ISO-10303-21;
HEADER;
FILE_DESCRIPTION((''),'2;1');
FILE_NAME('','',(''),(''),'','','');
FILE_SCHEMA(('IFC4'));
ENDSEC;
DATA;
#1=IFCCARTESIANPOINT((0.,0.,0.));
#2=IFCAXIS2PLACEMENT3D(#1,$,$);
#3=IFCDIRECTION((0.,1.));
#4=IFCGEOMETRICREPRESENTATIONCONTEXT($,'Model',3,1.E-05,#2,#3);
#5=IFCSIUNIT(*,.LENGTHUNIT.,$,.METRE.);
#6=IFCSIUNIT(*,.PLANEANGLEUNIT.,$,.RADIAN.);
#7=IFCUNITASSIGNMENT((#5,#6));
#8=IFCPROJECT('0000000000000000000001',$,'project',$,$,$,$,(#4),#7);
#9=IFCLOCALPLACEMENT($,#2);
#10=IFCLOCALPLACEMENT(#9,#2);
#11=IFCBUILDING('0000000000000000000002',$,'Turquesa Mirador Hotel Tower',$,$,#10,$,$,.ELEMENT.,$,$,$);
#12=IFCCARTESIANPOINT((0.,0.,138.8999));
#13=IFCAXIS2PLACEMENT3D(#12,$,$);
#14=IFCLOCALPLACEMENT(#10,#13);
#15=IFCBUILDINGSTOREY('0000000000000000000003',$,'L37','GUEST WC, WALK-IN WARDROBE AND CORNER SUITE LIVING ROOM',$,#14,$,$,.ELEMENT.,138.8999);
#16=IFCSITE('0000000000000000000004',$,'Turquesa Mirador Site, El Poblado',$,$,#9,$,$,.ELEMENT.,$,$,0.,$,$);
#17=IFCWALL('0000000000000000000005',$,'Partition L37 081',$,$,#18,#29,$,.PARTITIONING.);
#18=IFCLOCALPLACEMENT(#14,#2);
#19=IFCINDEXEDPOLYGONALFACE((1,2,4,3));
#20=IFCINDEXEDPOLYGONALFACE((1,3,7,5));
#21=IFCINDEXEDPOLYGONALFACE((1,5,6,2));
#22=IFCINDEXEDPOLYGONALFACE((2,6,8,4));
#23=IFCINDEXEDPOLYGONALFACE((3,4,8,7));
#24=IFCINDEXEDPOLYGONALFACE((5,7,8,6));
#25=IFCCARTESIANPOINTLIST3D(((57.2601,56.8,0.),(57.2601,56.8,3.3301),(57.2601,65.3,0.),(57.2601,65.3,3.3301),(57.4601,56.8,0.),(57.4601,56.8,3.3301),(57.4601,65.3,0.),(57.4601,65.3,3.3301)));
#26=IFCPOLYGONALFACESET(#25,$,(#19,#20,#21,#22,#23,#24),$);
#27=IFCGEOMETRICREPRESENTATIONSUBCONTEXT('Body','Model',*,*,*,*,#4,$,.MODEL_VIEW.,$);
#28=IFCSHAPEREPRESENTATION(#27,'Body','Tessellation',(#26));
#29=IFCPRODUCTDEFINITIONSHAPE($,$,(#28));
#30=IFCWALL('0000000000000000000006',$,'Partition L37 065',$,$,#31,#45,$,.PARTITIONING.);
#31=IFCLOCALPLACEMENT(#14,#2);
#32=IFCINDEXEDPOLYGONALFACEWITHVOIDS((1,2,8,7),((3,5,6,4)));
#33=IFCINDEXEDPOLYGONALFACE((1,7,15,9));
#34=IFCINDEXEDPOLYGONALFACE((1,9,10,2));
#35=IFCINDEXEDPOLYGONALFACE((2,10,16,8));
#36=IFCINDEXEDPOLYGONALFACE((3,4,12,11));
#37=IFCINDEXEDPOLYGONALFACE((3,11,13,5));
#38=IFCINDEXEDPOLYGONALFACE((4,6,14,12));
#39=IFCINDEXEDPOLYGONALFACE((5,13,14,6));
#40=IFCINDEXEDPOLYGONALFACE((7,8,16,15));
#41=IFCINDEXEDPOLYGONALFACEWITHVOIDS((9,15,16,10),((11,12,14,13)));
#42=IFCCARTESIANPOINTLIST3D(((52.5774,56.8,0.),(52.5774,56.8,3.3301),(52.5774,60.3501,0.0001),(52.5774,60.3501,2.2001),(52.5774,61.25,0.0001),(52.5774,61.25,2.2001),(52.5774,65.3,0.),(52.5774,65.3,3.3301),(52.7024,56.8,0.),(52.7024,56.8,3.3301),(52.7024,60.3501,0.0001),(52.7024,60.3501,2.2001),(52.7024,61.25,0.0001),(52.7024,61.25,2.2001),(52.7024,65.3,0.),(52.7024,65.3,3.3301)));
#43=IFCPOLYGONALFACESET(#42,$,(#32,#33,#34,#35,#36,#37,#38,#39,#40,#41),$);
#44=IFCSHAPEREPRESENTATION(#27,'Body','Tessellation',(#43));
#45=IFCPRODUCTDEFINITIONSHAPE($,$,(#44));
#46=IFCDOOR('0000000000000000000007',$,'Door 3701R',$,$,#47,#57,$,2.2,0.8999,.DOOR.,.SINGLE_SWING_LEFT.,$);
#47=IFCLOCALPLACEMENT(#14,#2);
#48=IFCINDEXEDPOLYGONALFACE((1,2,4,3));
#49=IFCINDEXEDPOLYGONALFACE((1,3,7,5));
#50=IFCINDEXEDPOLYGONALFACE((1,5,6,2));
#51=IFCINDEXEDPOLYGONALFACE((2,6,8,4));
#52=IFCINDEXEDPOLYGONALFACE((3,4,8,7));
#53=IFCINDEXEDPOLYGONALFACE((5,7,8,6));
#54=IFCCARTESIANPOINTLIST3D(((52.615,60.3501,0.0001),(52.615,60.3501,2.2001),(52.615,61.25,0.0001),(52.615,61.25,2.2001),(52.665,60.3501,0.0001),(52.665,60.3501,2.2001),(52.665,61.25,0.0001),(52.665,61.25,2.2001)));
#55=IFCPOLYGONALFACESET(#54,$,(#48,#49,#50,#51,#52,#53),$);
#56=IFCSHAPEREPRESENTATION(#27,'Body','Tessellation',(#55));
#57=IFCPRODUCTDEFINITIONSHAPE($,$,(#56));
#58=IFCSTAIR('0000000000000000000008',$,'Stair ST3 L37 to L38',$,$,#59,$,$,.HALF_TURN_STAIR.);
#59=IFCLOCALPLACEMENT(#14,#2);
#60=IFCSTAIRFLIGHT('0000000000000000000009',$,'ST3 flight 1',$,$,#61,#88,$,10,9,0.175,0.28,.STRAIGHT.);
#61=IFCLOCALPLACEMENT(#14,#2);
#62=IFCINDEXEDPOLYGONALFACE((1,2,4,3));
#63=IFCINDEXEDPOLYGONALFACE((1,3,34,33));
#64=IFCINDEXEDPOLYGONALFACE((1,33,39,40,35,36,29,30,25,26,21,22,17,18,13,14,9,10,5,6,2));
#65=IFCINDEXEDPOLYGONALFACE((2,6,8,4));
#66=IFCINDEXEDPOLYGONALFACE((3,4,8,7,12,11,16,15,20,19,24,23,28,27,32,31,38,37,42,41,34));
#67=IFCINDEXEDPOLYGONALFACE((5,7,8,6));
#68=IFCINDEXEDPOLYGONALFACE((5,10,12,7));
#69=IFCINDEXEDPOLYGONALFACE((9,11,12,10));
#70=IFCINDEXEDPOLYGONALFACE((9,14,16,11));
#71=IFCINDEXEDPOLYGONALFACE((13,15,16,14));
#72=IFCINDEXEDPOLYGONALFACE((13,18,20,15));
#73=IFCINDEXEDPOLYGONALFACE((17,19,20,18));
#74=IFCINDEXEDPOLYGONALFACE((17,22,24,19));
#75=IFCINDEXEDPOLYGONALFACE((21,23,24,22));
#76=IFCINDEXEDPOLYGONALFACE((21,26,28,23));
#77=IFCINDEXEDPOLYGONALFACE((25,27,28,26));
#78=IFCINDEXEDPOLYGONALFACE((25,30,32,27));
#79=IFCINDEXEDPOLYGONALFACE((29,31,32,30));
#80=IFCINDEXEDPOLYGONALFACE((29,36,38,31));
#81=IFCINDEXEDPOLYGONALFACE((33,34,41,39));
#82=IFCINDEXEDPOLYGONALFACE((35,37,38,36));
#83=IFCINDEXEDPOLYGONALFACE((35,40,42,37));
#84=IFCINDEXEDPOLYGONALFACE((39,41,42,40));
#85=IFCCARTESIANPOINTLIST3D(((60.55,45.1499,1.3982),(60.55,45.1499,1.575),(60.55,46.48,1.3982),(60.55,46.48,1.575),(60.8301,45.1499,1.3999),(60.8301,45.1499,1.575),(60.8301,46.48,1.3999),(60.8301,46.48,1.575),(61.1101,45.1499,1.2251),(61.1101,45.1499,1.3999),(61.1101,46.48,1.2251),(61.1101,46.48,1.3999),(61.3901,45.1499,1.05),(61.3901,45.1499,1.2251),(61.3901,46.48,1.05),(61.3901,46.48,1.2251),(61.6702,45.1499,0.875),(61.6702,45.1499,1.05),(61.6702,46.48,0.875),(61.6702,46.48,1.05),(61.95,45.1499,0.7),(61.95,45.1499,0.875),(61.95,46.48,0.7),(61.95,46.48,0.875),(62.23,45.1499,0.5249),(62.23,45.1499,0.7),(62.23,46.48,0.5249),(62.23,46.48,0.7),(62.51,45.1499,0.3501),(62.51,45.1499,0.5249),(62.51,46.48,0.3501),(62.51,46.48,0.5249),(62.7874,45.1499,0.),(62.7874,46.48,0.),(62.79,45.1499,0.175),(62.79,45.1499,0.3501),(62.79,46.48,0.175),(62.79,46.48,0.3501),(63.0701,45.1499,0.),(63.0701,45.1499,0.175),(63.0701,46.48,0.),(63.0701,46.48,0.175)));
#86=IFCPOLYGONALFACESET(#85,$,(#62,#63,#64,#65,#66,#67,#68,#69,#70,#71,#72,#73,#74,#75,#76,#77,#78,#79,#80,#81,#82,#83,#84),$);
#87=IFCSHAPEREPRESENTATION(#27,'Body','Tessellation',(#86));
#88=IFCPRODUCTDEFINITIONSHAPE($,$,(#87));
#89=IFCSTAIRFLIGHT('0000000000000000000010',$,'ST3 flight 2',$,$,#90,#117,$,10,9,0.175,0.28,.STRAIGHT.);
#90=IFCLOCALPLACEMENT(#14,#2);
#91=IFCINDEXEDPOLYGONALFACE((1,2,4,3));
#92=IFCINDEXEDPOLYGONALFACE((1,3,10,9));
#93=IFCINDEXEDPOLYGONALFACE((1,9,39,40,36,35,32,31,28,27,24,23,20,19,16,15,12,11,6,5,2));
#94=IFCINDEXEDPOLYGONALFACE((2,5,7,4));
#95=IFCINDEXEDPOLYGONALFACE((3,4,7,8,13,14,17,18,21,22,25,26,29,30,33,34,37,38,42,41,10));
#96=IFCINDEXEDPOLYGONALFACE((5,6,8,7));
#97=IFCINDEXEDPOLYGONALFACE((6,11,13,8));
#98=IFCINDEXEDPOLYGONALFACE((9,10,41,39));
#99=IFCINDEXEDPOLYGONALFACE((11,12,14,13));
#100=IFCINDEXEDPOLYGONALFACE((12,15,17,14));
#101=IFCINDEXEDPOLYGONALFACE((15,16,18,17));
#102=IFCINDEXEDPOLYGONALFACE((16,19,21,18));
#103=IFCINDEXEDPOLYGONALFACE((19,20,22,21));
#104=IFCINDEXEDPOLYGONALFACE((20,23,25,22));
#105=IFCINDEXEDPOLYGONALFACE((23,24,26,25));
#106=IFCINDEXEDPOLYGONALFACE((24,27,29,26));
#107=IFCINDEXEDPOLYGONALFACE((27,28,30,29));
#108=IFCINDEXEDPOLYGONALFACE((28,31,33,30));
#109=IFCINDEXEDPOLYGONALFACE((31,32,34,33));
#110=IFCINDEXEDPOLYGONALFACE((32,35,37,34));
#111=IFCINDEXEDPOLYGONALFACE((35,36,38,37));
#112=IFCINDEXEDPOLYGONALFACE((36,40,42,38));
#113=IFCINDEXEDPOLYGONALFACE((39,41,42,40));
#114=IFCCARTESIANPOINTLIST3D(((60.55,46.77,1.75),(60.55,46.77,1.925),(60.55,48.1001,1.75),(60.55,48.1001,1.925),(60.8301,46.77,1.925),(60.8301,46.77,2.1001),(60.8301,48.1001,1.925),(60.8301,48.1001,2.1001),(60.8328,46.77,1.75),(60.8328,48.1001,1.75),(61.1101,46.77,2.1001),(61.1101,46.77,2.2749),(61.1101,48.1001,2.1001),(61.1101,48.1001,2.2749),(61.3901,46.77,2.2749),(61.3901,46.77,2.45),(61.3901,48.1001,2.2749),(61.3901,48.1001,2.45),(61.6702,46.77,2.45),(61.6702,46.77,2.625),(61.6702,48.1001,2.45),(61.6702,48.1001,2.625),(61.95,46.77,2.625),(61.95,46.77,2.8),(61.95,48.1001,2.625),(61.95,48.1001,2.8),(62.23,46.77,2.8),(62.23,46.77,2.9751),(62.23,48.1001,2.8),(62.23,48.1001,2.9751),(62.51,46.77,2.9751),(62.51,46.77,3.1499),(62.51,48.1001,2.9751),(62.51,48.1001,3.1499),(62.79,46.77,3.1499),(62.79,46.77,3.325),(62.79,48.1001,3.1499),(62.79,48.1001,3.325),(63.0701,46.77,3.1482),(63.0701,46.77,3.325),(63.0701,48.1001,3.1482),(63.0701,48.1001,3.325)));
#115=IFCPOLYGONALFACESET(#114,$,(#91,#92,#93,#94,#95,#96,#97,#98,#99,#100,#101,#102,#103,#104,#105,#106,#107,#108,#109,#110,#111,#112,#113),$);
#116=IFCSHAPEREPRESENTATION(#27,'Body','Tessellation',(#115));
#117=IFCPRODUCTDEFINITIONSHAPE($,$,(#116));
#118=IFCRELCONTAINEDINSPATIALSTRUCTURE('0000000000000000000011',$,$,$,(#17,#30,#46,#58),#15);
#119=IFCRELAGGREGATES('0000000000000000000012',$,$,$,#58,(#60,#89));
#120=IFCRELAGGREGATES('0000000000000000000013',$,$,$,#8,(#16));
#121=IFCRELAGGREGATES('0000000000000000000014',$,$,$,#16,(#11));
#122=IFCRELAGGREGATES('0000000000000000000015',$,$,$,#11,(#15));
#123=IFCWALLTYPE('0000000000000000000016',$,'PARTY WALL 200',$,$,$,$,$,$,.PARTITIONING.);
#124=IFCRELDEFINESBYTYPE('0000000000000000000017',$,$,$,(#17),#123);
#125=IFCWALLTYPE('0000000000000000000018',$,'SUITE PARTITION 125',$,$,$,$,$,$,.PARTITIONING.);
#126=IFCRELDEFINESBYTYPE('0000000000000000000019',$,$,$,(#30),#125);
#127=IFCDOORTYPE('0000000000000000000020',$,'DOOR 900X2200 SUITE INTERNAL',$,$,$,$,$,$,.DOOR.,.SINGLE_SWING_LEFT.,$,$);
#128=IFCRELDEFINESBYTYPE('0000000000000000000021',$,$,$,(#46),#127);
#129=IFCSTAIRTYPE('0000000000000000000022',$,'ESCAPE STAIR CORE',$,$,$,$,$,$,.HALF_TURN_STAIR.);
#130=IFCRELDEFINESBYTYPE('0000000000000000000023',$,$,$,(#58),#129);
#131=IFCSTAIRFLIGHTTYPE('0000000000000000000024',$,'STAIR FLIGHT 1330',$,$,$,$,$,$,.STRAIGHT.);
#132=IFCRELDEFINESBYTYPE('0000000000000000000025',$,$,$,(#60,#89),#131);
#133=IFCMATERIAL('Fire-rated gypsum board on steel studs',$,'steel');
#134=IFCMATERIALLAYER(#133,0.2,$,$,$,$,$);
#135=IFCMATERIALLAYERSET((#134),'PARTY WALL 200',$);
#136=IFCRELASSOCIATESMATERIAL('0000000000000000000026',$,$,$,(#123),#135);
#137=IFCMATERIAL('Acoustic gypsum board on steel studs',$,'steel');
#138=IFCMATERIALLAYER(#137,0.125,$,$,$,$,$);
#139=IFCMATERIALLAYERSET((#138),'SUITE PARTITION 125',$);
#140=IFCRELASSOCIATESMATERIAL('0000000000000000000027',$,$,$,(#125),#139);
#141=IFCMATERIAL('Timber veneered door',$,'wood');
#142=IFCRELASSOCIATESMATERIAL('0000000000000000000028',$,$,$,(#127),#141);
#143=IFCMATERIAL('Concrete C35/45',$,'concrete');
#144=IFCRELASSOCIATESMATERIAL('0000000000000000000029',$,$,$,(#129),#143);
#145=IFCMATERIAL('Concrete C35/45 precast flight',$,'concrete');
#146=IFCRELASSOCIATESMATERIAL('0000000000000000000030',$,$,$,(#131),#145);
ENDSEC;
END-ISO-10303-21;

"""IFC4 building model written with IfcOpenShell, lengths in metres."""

from ifc_helpers import new_model, si_unit, direction, frame, frame_2d, origin, place, context, subcontext, project, spatial, polyline, rectangle, outline, extrude, material, layer, layer_set, type_object, element, fill, aggregate, save


model = new_model("IFC4")

# Units and contexts
model_context = context("Model", 3, precision=1e-05, world=origin(), true_north=direction((0.0, 1.0)))
body_context = subcontext(model_context, "Body", "Model", "MODEL_VIEW")
ifc_project = project(units=[si_unit("LENGTHUNIT", "METRE"), si_unit("PLANEANGLEUNIT", "RADIAN")], contexts=[model_context])

# Site, building, storey
site_placement = place(None, origin())
site = spatial("IfcSite", under=ifc_project, at=site_placement, Name="Turquesa Mirador Site, El Poblado", CompositionType="ELEMENT", RefElevation=0.0)
building_placement = place(site_placement, origin())
building = spatial("IfcBuilding", under=site, at=building_placement, Name="Turquesa Mirador Hotel Tower", CompositionType="ELEMENT")
storey_placement = place(building_placement, frame((0.0, 0.0, 138.8999)))
storey = spatial("IfcBuildingStorey", under=building, at=storey_placement, Name="L37", Description="GUEST WC, WALK-IN WARDROBE AND CORNER SUITE LIVING ROOM", CompositionType="ELEMENT", Elevation=138.8999)

# Wall
ifc_material_1 = material(Name="Fire-rated gypsum board on steel studs", Category="steel")
ifc_layer_1 = layer(ifc_material_1, 0.2)
ifc_layer_set_1 = layer_set([ifc_layer_1], Name="PARTY WALL 200")
wall_type_1 = type_object("IfcWallType", Name="PARTY WALL 200", PredefinedType="PARTITIONING", material=ifc_layer_set_1)
wall_1_placement = place(storey_placement, frame((57.3601, 56.8, 0.0), z_axis=(0.0, 0.0, 1.0), x_axis=(0.0, 1.0, 0.0)))
element("IfcWall", 1, at=wall_1_placement, inside=storey, type_object=wall_type_1, Name="Partition L37 081", PredefinedType="PARTITIONING", context=body_context, shape_type="SweptSolid", body=[
    extrude(rectangle(XDim=8.5, YDim=0.2, at=frame_2d((4.25, 0.0))), origin(), (0.0, 0.0, 1.0), 3.3301),
])

# Wall, opening, door
ifc_material_2 = material(Name="Acoustic gypsum board on steel studs", Category="steel")
ifc_layer_2 = layer(ifc_material_2, 0.125)
ifc_layer_set_2 = layer_set([ifc_layer_2], Name="SUITE PARTITION 125")
wall_type_2 = type_object("IfcWallType", Name="SUITE PARTITION 125", PredefinedType="PARTITIONING", material=ifc_layer_set_2)
wall_2_placement = place(storey_placement, frame((52.6399, 56.8, 0.0), z_axis=(0.0, 0.0, 1.0), x_axis=(0.0, 1.0, 0.0)))
wall_2 = element("IfcWall", 2, at=wall_2_placement, inside=storey, type_object=wall_type_2, Name="Partition L37 065", PredefinedType="PARTITIONING", context=body_context, shape_type="SweptSolid", body=[
    extrude(rectangle(XDim=8.5, YDim=0.125, at=frame_2d((4.25, 0.0))), origin(), (0.0, 0.0, 1.0), 3.3301),
])
opening_1_placement = place(wall_2_placement, frame((3.55, 0.0, 0.0)))
opening_1 = element("IfcOpeningElement", 3, at=opening_1_placement, cuts=wall_2, PredefinedType="OPENING", context=body_context, shape_type="SweptSolid", body=[
    extrude(rectangle(XDim=0.8999, YDim=2.2, at=frame_2d((0.45, 1.1001))), frame((0.0, 0.0725, 0.0), z_axis=(0.0, -1.0, 0.0), x_axis=(1.0, 0.0, 0.0)), (0.0, 0.0, 1.0), 0.145),
])
ifc_material_3 = material(Name="Timber veneered door", Category="wood")
door_type_1 = type_object("IfcDoorType", Name="DOOR 900X2200 SUITE INTERNAL", OperationType="SINGLE_SWING_LEFT", PredefinedType="DOOR", material=ifc_material_3)
door_1_placement = place(opening_1_placement, origin())
door_1 = element("IfcDoor", 4, at=door_1_placement, inside=storey, type_object=door_type_1, Name="Door 3701R", OperationType="SINGLE_SWING_LEFT", OverallHeight=2.2, OverallWidth=0.8999, PredefinedType="DOOR", context=body_context, shape_type="SweptSolid", body=[
    extrude(rectangle(XDim=0.8999, YDim=2.2, at=frame_2d((0.45, 1.1001))), frame((0.0, 0.0249, 0.0), z_axis=(0.0, -1.0, 0.0), x_axis=(1.0, 0.0, 0.0)), (0.0, 0.0, 1.0), 0.05),
])
fill(opening_1, door_1)

# Stair, stair flights
ifc_material_4 = material(Name="Concrete C35/45", Category="concrete")
stair_type = type_object("IfcStairType", Name="ESCAPE STAIR CORE", PredefinedType="HALF_TURN_STAIR", material=ifc_material_4)
stair_placement = place(storey_placement, origin())
stair = element("IfcStair", 5, at=stair_placement, inside=storey, type_object=stair_type, Name="Stair ST3 L37 to L38", PredefinedType="HALF_TURN_STAIR")
ifc_material_5 = material(Name="Concrete C35/45 precast flight", Category="concrete")
stair_flight_type = type_object("IfcStairFlightType", Name="STAIR FLIGHT 1330", PredefinedType="STRAIGHT", material=ifc_material_5)
stair_flight_1_placement = place(storey_placement, frame((63.0701, 45.8149, 0.0), z_axis=(0.0, 0.0, 1.0), x_axis=(-1.0, 0.0, 0.0)))
stair_flight_1 = element("IfcStairFlight", 6, at=stair_flight_1_placement, type_object=stair_flight_type, Name="ST3 flight 1", NumberOfRisers=10, NumberOfTreads=9, PredefinedType="STRAIGHT", RiserHeight=0.175, TreadLength=0.28, context=body_context, shape_type="SweptSolid", body=[
    extrude(outline(polyline([(0.0, 0.0), (0.0, 0.175), (0.28, 0.175), (0.28, 0.3501), (0.5601, 0.3501), (0.5601, 0.5249), (0.8401, 0.5249), (0.8401, 0.7), (1.1201, 0.7), (1.1201, 0.875), (1.3999, 0.875), (1.3999, 1.05), (1.6799, 1.05), (1.6799, 1.2251), (1.96, 1.2251), (1.96, 1.3999), (2.24, 1.3999), (2.24, 1.575), (2.52, 1.575), (2.52, 1.75), (2.52, 1.3982), (0.2827, 0.0), (0.0, 0.0)])), frame((0.0, 0.665, 0.0), z_axis=(0.0, -1.0, 0.0), x_axis=(1.0, 0.0, 0.0)), (0.0, 0.0, 1.0), 1.3301),
])
stair_flight_2_placement = place(storey_placement, frame((60.55, 47.4351, 1.75), z_axis=(0.0, 0.0, 1.0), x_axis=(1.0, 0.0, 0.0)))
stair_flight_2 = element("IfcStairFlight", 7, at=stair_flight_2_placement, type_object=stair_flight_type, Name="ST3 flight 2", NumberOfRisers=10, NumberOfTreads=9, PredefinedType="STRAIGHT", RiserHeight=0.175, TreadLength=0.28, context=body_context, shape_type="SweptSolid", body=[
    extrude(outline(polyline([(0.0, 0.0), (0.0, 0.175), (0.28, 0.175), (0.28, 0.3501), (0.5601, 0.3501), (0.5601, 0.5249), (0.8401, 0.5249), (0.8401, 0.7), (1.1201, 0.7), (1.1201, 0.875), (1.3999, 0.875), (1.3999, 1.05), (1.6799, 1.05), (1.6799, 1.2251), (1.96, 1.2251), (1.96, 1.3999), (2.24, 1.3999), (2.24, 1.575), (2.52, 1.575), (2.52, 1.75), (2.52, 1.3982), (0.2827, 0.0), (0.0, 0.0)])), frame((0.0, 0.665, 0.0), z_axis=(0.0, -1.0, 0.0), x_axis=(1.0, 0.0, 0.0)), (0.0, 0.0, 1.0), 1.3301),
])
aggregate(stair, [stair_flight_1, stair_flight_2])

save(model, "model.ifc")
